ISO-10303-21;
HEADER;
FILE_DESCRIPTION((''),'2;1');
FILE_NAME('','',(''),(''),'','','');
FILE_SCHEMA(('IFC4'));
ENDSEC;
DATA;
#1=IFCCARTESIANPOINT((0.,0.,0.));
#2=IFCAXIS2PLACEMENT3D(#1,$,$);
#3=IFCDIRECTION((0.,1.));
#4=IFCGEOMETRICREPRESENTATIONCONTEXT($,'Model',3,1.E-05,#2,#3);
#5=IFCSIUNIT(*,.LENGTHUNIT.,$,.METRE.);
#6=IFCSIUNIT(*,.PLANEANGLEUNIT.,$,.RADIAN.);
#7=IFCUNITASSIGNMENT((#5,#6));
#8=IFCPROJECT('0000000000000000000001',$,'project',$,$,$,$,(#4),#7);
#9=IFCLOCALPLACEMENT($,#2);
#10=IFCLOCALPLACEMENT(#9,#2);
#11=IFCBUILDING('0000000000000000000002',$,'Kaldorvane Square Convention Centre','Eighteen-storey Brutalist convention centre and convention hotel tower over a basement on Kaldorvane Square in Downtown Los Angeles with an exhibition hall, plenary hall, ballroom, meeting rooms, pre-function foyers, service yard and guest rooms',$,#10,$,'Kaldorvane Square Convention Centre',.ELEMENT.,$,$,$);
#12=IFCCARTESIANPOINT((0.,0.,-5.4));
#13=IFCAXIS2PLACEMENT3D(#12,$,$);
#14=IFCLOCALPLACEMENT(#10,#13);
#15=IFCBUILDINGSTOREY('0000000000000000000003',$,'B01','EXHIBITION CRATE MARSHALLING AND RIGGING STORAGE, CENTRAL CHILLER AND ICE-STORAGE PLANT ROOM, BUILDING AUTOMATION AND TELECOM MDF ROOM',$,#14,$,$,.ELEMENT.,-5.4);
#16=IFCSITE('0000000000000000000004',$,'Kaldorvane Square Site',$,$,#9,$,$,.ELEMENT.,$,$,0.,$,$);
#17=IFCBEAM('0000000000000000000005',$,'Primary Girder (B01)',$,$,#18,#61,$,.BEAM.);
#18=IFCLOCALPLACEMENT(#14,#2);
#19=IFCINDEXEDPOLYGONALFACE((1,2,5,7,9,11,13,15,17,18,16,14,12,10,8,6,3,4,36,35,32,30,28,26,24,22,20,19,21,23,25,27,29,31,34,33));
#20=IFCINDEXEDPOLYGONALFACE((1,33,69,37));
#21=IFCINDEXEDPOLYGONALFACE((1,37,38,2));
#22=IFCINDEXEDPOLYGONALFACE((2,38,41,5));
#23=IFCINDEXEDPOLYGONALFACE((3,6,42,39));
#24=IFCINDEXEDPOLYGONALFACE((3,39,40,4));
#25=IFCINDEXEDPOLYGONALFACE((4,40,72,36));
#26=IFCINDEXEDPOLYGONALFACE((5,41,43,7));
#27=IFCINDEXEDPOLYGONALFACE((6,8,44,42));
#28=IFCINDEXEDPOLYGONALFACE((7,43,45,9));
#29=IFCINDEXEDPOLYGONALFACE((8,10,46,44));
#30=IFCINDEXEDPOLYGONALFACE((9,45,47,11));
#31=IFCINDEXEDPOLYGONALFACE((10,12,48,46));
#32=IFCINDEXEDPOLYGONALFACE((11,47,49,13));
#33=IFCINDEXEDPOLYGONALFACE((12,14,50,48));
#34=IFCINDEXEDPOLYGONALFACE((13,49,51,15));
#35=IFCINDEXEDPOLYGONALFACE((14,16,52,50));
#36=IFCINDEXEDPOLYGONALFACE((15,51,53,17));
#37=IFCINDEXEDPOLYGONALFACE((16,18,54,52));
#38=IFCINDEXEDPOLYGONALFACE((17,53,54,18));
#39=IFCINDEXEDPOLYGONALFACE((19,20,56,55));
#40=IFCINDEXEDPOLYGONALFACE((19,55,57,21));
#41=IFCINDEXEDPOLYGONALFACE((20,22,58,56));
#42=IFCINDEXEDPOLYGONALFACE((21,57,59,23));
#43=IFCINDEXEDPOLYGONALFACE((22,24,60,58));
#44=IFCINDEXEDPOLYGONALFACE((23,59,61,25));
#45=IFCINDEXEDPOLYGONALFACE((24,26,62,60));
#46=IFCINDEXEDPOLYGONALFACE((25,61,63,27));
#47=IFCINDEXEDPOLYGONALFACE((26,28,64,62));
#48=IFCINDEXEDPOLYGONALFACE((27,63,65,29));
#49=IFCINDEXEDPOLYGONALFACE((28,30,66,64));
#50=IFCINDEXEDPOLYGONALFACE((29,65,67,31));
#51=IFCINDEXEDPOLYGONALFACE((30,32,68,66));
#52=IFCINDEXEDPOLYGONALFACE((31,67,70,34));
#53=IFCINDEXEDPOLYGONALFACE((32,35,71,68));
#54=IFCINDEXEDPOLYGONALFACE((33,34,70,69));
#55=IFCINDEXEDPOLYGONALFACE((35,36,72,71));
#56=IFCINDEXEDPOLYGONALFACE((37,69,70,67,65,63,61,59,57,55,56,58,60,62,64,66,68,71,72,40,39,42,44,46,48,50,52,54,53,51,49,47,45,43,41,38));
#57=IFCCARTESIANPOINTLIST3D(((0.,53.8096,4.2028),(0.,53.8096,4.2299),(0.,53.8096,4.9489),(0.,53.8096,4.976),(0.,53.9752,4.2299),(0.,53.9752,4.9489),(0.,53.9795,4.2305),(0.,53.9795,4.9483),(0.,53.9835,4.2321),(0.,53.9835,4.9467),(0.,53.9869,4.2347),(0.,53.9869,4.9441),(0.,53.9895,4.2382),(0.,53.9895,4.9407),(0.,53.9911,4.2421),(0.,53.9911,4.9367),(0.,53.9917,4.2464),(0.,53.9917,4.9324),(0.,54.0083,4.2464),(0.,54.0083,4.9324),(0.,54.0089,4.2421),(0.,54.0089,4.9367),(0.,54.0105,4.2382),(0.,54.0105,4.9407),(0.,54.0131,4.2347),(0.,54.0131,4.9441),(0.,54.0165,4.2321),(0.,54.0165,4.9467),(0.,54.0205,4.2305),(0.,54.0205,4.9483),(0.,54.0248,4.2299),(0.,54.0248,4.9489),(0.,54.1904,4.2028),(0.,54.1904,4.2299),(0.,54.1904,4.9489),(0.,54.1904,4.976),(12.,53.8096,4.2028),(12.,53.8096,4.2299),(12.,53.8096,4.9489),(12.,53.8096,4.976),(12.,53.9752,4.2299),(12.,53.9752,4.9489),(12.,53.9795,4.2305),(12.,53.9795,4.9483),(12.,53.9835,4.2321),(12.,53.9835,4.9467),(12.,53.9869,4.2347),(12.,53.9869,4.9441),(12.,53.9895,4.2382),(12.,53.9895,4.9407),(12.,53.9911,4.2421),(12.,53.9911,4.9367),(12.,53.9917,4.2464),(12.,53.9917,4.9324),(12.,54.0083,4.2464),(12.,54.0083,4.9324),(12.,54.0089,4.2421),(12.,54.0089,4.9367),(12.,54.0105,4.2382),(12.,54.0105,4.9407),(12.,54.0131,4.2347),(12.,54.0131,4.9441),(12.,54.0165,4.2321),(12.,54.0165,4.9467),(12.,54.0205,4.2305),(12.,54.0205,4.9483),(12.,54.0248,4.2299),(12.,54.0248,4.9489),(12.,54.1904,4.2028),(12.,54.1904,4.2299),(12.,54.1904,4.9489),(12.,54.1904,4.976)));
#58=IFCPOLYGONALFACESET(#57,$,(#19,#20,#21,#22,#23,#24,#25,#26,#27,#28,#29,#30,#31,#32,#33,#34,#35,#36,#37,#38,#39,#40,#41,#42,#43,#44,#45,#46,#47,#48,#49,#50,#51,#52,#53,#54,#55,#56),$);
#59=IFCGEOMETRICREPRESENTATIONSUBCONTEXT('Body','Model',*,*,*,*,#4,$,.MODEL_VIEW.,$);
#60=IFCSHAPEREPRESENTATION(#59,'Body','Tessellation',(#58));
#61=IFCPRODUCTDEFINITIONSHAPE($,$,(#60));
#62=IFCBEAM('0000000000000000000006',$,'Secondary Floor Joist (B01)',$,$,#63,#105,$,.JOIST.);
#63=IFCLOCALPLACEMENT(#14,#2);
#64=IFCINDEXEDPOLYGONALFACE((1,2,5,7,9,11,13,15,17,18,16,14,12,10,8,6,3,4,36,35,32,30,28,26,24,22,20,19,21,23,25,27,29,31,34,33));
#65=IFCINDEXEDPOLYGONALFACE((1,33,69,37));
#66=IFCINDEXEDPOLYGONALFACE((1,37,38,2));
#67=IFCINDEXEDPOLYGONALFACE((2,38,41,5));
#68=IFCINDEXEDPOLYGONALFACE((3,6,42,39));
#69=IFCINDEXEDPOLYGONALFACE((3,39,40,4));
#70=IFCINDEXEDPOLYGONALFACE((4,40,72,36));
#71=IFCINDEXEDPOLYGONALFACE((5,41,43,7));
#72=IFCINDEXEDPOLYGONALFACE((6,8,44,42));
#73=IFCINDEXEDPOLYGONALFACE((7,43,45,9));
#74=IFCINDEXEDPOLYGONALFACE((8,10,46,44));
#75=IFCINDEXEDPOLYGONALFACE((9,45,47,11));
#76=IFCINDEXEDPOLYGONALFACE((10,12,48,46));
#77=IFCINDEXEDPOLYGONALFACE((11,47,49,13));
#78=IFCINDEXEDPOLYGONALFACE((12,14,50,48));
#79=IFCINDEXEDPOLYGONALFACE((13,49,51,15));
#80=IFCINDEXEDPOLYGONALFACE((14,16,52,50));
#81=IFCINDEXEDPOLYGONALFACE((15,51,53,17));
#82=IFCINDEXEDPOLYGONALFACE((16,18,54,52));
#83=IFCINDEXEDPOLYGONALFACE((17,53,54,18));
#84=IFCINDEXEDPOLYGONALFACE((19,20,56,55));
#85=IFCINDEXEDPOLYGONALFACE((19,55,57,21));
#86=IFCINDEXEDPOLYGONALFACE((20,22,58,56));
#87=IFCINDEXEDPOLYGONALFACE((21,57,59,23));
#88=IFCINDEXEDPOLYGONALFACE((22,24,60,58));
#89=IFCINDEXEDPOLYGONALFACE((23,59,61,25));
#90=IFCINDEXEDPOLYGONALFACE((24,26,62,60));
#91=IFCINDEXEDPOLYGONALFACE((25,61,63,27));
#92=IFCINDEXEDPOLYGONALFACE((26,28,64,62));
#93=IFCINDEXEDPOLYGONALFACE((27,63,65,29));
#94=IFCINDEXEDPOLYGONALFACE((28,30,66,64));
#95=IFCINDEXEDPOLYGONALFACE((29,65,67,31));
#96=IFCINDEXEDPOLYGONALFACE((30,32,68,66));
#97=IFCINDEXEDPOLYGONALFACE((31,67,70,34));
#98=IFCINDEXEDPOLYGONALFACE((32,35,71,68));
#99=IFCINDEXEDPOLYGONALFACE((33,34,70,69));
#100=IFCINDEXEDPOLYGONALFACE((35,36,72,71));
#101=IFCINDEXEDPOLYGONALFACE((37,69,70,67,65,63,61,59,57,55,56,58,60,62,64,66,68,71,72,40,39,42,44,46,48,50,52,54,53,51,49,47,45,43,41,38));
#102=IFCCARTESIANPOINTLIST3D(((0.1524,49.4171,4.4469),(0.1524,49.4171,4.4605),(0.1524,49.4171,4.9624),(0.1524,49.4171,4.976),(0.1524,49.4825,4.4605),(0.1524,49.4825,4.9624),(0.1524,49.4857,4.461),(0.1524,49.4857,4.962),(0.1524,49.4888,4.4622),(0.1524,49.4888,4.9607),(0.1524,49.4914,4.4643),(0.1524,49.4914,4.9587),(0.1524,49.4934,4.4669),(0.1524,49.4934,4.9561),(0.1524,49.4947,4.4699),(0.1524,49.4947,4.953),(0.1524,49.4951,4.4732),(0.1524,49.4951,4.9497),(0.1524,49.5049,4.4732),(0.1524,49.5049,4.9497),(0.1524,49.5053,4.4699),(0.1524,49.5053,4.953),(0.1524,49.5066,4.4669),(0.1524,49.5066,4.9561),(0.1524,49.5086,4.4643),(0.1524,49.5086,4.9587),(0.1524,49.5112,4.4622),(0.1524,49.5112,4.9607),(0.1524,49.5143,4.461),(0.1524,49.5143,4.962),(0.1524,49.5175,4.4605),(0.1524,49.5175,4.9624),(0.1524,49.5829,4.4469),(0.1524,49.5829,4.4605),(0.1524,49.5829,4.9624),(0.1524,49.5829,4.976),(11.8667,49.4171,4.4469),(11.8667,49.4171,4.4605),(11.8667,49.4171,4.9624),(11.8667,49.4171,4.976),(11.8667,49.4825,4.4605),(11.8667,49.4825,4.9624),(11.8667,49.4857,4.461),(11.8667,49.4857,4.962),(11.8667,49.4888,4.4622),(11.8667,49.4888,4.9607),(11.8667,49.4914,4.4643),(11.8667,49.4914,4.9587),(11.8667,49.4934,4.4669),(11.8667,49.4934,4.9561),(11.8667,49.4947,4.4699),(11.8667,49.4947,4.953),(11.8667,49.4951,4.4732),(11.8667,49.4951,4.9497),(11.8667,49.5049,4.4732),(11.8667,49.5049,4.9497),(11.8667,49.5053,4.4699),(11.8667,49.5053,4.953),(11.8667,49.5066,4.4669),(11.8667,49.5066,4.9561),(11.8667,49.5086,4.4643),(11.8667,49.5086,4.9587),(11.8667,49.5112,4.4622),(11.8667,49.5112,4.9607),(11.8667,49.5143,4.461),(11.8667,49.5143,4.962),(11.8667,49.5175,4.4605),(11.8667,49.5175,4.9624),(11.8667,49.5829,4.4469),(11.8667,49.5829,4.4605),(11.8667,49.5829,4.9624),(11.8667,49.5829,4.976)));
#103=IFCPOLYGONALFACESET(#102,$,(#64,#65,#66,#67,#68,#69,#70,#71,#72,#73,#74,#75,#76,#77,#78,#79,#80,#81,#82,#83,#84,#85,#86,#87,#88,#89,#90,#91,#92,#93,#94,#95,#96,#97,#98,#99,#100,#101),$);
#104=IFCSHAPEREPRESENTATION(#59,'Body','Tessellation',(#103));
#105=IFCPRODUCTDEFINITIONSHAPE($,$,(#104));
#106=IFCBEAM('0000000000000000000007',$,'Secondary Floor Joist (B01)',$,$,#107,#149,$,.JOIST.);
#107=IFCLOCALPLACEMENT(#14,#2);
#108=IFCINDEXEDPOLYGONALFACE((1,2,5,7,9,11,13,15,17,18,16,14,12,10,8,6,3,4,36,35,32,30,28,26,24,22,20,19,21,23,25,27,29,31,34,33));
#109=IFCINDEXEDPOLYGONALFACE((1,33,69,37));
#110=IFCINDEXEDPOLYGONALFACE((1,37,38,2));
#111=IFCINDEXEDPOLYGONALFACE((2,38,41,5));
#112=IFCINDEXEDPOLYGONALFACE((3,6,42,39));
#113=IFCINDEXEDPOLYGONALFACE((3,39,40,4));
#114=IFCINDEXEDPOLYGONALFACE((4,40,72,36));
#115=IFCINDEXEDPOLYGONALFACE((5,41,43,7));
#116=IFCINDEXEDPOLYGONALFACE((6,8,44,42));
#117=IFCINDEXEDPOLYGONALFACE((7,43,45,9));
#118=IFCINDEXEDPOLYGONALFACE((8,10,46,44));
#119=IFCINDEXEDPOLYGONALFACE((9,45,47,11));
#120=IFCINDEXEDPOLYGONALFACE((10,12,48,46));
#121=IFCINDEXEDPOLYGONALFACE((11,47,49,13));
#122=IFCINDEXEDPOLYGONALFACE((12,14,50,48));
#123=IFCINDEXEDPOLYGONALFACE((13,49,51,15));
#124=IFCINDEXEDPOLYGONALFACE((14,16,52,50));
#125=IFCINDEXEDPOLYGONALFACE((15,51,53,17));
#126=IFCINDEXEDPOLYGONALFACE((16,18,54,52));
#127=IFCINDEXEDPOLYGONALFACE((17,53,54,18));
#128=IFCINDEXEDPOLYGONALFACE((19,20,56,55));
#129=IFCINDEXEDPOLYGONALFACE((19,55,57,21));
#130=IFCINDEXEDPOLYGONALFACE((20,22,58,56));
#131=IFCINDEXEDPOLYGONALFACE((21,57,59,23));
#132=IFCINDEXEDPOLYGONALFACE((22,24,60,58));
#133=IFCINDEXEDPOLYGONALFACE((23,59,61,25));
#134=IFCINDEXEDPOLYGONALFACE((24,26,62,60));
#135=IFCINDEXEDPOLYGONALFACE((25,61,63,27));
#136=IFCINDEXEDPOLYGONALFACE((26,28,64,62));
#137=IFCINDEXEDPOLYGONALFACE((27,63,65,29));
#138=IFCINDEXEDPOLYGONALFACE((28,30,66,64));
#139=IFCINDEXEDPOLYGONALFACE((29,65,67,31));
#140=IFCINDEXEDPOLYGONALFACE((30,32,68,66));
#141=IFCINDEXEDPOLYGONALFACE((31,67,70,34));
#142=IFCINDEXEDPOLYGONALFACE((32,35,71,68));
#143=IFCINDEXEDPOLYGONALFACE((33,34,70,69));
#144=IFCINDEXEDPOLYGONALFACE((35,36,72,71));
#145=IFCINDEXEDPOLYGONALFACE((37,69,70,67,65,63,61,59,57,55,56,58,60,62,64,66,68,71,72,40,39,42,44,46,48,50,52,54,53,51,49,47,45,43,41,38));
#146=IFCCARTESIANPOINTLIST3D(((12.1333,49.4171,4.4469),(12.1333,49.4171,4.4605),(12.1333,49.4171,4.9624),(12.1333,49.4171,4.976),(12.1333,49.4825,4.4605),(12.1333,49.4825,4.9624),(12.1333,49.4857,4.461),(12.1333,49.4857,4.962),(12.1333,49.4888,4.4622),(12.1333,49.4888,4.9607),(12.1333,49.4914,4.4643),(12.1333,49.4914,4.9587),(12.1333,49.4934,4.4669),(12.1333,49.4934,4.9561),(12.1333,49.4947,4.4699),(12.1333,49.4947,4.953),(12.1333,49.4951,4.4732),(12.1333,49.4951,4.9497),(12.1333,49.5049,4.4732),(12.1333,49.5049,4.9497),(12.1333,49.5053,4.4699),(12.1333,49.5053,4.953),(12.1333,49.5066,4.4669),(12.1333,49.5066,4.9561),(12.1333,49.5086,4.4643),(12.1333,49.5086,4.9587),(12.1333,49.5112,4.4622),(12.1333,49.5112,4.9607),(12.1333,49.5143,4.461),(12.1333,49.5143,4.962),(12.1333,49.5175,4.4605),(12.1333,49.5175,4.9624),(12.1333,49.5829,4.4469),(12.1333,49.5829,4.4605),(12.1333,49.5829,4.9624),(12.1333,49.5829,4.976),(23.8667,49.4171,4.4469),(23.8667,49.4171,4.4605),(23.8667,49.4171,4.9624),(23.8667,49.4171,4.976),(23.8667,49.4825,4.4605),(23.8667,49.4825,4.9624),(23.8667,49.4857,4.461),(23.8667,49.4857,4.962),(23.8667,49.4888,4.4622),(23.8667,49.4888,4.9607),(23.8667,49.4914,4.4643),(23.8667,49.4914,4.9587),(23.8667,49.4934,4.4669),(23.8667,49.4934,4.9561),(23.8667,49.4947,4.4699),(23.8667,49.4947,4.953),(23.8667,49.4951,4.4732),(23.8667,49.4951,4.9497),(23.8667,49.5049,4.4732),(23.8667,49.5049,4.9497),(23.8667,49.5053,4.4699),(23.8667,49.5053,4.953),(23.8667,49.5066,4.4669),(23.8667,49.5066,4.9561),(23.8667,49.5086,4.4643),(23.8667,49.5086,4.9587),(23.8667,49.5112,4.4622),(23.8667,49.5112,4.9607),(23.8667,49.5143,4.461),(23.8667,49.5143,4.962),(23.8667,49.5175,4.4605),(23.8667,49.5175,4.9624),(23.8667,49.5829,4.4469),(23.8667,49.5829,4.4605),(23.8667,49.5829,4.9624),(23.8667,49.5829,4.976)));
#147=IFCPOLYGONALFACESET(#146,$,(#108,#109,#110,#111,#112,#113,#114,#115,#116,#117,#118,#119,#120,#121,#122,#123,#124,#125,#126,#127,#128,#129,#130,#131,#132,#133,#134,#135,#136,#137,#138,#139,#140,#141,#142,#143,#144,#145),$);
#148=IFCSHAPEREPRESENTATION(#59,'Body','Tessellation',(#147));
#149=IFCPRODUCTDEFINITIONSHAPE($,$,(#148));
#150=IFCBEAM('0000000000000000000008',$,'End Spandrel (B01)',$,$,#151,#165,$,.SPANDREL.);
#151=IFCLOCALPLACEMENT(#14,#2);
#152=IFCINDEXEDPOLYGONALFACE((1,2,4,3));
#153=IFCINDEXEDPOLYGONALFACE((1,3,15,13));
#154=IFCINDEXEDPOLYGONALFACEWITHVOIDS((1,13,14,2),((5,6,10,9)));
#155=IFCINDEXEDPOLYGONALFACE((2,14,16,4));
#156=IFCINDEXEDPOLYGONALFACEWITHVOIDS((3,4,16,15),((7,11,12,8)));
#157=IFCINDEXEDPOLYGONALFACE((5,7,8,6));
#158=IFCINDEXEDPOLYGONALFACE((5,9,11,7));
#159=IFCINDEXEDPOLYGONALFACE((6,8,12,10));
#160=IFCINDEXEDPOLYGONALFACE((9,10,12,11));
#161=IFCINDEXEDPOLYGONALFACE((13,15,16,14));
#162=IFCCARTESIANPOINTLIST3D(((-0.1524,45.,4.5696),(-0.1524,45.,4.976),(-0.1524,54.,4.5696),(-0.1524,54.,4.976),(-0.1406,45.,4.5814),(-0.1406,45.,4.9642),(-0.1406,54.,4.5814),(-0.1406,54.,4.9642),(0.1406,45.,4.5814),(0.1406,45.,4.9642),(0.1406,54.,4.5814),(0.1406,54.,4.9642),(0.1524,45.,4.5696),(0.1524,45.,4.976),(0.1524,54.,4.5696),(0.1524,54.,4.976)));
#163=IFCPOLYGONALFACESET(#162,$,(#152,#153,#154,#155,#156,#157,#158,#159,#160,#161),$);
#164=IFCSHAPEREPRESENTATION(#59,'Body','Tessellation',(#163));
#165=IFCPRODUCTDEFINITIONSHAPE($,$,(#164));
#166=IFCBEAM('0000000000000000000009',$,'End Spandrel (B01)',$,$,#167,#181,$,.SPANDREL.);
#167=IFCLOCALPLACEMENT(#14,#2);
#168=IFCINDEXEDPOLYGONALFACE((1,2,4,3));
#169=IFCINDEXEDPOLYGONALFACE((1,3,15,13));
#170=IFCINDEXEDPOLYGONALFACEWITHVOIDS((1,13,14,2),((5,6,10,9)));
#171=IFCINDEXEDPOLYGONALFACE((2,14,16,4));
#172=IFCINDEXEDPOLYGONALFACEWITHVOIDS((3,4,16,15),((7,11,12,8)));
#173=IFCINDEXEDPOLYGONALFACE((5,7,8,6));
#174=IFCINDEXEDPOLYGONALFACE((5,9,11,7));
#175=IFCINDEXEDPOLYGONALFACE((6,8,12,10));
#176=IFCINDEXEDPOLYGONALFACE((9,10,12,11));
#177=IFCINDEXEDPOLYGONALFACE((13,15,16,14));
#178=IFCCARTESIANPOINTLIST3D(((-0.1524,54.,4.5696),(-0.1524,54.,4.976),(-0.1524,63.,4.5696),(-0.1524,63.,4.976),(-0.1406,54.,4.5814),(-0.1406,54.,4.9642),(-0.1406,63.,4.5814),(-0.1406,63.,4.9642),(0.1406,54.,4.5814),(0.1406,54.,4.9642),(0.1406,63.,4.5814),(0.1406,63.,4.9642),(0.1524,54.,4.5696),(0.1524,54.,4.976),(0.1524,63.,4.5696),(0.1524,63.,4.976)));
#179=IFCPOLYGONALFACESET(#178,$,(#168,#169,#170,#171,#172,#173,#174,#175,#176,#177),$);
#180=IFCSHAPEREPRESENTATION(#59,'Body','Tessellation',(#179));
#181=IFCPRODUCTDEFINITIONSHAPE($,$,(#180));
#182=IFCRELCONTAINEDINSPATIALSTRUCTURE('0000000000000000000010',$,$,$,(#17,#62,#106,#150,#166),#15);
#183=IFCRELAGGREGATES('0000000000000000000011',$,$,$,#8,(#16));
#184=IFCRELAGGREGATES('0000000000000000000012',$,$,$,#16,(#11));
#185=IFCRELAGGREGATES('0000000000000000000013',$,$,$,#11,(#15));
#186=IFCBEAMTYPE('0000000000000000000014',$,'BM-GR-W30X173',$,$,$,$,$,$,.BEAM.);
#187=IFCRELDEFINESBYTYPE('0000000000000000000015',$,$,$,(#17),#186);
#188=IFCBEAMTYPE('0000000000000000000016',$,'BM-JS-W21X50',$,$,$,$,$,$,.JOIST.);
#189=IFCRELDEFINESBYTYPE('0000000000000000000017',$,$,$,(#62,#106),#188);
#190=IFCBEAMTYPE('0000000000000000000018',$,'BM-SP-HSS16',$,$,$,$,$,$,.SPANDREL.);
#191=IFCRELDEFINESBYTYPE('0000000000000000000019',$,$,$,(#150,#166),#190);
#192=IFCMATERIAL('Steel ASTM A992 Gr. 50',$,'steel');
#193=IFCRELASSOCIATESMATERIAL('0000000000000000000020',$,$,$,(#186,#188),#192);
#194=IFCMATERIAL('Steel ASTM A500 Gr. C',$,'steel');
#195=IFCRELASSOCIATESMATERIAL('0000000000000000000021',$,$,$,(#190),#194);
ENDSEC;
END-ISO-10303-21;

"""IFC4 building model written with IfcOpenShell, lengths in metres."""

from ifc_helpers import new_model, si_unit, direction, frame, origin, origin_2d, place, context, subcontext, project, spatial, hollow_rectangle, i_section, extrude, material, material_profile, profile_set, type_object, element, save


model = new_model("IFC4")

# Units and contexts
model_context = context("Model", 3, precision=1e-05, world=origin(), true_north=direction((0.0, 1.0)))
body_context = subcontext(model_context, "Body", "Model", "MODEL_VIEW")
ifc_project = project(units=[si_unit("LENGTHUNIT", "METRE"), si_unit("PLANEANGLEUNIT", "RADIAN")], contexts=[model_context])

# Site, building, storey
site_placement = place(None, origin())
site = spatial("IfcSite", under=ifc_project, at=site_placement, Name="Kaldorvane Square Site", CompositionType="ELEMENT", RefElevation=0.0)
building_placement = place(site_placement, origin())
building = spatial("IfcBuilding", under=site, at=building_placement, Name="Kaldorvane Square Convention Centre", Description="Eighteen-storey Brutalist convention centre and convention hotel tower over a basement on Kaldorvane Square in Downtown Los Angeles with an exhibition hall, plenary hall, ballroom, meeting rooms, pre-function foyers, service yard and guest rooms", LongName="Kaldorvane Square Convention Centre", CompositionType="ELEMENT")
storey_placement = place(building_placement, frame((0.0, 0.0, -5.4)))
storey = spatial("IfcBuildingStorey", under=building, at=storey_placement, Name="B01", Description="EXHIBITION CRATE MARSHALLING AND RIGGING STORAGE, CENTRAL CHILLER AND ICE-STORAGE PLANT ROOM, BUILDING AUTOMATION AND TELECOM MDF ROOM", CompositionType="ELEMENT", Elevation=-5.4)

# Shared definitions
ifc_material_1 = material(Name="Steel ASTM A500 Gr. C", Category="steel")
ifc_material_2 = material(Name="Steel ASTM A992 Gr. 50", Category="steel")

# Beams
ifc_material_profile_1 = material_profile(ifc_material_2, i_section(OverallWidth=0.3807, OverallDepth=0.7732, WebThickness=0.0166, FlangeThickness=0.0271, FilletRadius=0.0165, at=origin_2d()), Name="W30X173")
ifc_profile_set_1 = profile_set([ifc_material_profile_1], Name="Steel ASTM A992 Gr. 50")
beam_type_1 = type_object("IfcBeamType", Name="BM-GR-W30X173", PredefinedType="BEAM", material=ifc_profile_set_1)
for number, where, z_axis, x_axis, name in (
    (1, (0.0, 54.0, 4.5894), (1.0, 0.0, 0.0), (0.0, 1.0, 0.0), "Primary Girder (B01)"),
):
    element("IfcBeam", number, at=place(storey_placement, frame(where, z_axis=z_axis, x_axis=x_axis)), inside=storey, type_object=beam_type_1, Name=name, PredefinedType="BEAM", context=body_context, shape_type="SweptSolid", body=[
        extrude(i_section(OverallWidth=0.3807, OverallDepth=0.7732, WebThickness=0.0166, FlangeThickness=0.0271, FilletRadius=0.0165, at=origin_2d()), origin(), (0.0, 0.0, 1.0), 12.0),
    ])
ifc_material_profile_2 = material_profile(ifc_material_2, i_section(OverallWidth=0.1659, OverallDepth=0.5291, WebThickness=0.0097, FlangeThickness=0.0136, FilletRadius=0.0127, at=origin_2d()), Name="W21X50")
ifc_profile_set_2 = profile_set([ifc_material_profile_2], Name="Steel ASTM A992 Gr. 50")
beam_type_2 = type_object("IfcBeamType", Name="BM-JS-W21X50", PredefinedType="JOIST", material=ifc_profile_set_2)
beam_1_placement = place(storey_placement, frame((0.1524, 49.5, 4.7115), z_axis=(1.0, 0.0, 0.0), x_axis=(0.0, 1.0, 0.0)))
element("IfcBeam", 2, at=beam_1_placement, inside=storey, type_object=beam_type_2, Name="Secondary Floor Joist (B01)", PredefinedType="JOIST", context=body_context, shape_type="SweptSolid", body=[
    extrude(i_section(OverallWidth=0.1659, OverallDepth=0.5291, WebThickness=0.0097, FlangeThickness=0.0136, FilletRadius=0.0127, at=origin_2d()), origin(), (0.0, 0.0, 1.0), 11.7143),
])
beam_2_placement = place(storey_placement, frame((12.1333, 49.5, 4.7115), z_axis=(1.0, 0.0, 0.0), x_axis=(0.0, 1.0, 0.0)))
element("IfcBeam", 3, at=beam_2_placement, inside=storey, type_object=beam_type_2, Name="Secondary Floor Joist (B01)", PredefinedType="JOIST", context=body_context, shape_type="SweptSolid", body=[
    extrude(i_section(OverallWidth=0.1659, OverallDepth=0.5291, WebThickness=0.0097, FlangeThickness=0.0136, FilletRadius=0.0127, at=origin_2d()), origin(), (0.0, 0.0, 1.0), 11.7334),
])
ifc_material_profile_3 = material_profile(ifc_material_1, hollow_rectangle(XDim=0.3048, YDim=0.4064, WallThickness=0.0118, at=origin_2d()), Name="HSS16X12X1/2")
ifc_profile_set_3 = profile_set([ifc_material_profile_3], Name="Steel ASTM A500 Gr. C")
beam_type_3 = type_object("IfcBeamType", Name="BM-SP-HSS16", PredefinedType="SPANDREL", material=ifc_profile_set_3)
for number, where, z_axis, x_axis, name in (
    (4, (0.0, 45.0, 4.7728), (0.0, 1.0, 0.0), (-1.0, 0.0, 0.0), "End Spandrel (B01)"),
    (5, (0.0, 54.0, 4.7728), (0.0, 1.0, 0.0), (-1.0, 0.0, 0.0), "End Spandrel (B01)"),
):
    element("IfcBeam", number, at=place(storey_placement, frame(where, z_axis=z_axis, x_axis=x_axis)), inside=storey, type_object=beam_type_3, Name=name, PredefinedType="SPANDREL", context=body_context, shape_type="SweptSolid", body=[
        extrude(hollow_rectangle(XDim=0.3048, YDim=0.4064, WallThickness=0.0118, at=origin_2d()), origin(), (0.0, 0.0, 1.0), 9.0),
    ])

save(model, "model.ifc")
